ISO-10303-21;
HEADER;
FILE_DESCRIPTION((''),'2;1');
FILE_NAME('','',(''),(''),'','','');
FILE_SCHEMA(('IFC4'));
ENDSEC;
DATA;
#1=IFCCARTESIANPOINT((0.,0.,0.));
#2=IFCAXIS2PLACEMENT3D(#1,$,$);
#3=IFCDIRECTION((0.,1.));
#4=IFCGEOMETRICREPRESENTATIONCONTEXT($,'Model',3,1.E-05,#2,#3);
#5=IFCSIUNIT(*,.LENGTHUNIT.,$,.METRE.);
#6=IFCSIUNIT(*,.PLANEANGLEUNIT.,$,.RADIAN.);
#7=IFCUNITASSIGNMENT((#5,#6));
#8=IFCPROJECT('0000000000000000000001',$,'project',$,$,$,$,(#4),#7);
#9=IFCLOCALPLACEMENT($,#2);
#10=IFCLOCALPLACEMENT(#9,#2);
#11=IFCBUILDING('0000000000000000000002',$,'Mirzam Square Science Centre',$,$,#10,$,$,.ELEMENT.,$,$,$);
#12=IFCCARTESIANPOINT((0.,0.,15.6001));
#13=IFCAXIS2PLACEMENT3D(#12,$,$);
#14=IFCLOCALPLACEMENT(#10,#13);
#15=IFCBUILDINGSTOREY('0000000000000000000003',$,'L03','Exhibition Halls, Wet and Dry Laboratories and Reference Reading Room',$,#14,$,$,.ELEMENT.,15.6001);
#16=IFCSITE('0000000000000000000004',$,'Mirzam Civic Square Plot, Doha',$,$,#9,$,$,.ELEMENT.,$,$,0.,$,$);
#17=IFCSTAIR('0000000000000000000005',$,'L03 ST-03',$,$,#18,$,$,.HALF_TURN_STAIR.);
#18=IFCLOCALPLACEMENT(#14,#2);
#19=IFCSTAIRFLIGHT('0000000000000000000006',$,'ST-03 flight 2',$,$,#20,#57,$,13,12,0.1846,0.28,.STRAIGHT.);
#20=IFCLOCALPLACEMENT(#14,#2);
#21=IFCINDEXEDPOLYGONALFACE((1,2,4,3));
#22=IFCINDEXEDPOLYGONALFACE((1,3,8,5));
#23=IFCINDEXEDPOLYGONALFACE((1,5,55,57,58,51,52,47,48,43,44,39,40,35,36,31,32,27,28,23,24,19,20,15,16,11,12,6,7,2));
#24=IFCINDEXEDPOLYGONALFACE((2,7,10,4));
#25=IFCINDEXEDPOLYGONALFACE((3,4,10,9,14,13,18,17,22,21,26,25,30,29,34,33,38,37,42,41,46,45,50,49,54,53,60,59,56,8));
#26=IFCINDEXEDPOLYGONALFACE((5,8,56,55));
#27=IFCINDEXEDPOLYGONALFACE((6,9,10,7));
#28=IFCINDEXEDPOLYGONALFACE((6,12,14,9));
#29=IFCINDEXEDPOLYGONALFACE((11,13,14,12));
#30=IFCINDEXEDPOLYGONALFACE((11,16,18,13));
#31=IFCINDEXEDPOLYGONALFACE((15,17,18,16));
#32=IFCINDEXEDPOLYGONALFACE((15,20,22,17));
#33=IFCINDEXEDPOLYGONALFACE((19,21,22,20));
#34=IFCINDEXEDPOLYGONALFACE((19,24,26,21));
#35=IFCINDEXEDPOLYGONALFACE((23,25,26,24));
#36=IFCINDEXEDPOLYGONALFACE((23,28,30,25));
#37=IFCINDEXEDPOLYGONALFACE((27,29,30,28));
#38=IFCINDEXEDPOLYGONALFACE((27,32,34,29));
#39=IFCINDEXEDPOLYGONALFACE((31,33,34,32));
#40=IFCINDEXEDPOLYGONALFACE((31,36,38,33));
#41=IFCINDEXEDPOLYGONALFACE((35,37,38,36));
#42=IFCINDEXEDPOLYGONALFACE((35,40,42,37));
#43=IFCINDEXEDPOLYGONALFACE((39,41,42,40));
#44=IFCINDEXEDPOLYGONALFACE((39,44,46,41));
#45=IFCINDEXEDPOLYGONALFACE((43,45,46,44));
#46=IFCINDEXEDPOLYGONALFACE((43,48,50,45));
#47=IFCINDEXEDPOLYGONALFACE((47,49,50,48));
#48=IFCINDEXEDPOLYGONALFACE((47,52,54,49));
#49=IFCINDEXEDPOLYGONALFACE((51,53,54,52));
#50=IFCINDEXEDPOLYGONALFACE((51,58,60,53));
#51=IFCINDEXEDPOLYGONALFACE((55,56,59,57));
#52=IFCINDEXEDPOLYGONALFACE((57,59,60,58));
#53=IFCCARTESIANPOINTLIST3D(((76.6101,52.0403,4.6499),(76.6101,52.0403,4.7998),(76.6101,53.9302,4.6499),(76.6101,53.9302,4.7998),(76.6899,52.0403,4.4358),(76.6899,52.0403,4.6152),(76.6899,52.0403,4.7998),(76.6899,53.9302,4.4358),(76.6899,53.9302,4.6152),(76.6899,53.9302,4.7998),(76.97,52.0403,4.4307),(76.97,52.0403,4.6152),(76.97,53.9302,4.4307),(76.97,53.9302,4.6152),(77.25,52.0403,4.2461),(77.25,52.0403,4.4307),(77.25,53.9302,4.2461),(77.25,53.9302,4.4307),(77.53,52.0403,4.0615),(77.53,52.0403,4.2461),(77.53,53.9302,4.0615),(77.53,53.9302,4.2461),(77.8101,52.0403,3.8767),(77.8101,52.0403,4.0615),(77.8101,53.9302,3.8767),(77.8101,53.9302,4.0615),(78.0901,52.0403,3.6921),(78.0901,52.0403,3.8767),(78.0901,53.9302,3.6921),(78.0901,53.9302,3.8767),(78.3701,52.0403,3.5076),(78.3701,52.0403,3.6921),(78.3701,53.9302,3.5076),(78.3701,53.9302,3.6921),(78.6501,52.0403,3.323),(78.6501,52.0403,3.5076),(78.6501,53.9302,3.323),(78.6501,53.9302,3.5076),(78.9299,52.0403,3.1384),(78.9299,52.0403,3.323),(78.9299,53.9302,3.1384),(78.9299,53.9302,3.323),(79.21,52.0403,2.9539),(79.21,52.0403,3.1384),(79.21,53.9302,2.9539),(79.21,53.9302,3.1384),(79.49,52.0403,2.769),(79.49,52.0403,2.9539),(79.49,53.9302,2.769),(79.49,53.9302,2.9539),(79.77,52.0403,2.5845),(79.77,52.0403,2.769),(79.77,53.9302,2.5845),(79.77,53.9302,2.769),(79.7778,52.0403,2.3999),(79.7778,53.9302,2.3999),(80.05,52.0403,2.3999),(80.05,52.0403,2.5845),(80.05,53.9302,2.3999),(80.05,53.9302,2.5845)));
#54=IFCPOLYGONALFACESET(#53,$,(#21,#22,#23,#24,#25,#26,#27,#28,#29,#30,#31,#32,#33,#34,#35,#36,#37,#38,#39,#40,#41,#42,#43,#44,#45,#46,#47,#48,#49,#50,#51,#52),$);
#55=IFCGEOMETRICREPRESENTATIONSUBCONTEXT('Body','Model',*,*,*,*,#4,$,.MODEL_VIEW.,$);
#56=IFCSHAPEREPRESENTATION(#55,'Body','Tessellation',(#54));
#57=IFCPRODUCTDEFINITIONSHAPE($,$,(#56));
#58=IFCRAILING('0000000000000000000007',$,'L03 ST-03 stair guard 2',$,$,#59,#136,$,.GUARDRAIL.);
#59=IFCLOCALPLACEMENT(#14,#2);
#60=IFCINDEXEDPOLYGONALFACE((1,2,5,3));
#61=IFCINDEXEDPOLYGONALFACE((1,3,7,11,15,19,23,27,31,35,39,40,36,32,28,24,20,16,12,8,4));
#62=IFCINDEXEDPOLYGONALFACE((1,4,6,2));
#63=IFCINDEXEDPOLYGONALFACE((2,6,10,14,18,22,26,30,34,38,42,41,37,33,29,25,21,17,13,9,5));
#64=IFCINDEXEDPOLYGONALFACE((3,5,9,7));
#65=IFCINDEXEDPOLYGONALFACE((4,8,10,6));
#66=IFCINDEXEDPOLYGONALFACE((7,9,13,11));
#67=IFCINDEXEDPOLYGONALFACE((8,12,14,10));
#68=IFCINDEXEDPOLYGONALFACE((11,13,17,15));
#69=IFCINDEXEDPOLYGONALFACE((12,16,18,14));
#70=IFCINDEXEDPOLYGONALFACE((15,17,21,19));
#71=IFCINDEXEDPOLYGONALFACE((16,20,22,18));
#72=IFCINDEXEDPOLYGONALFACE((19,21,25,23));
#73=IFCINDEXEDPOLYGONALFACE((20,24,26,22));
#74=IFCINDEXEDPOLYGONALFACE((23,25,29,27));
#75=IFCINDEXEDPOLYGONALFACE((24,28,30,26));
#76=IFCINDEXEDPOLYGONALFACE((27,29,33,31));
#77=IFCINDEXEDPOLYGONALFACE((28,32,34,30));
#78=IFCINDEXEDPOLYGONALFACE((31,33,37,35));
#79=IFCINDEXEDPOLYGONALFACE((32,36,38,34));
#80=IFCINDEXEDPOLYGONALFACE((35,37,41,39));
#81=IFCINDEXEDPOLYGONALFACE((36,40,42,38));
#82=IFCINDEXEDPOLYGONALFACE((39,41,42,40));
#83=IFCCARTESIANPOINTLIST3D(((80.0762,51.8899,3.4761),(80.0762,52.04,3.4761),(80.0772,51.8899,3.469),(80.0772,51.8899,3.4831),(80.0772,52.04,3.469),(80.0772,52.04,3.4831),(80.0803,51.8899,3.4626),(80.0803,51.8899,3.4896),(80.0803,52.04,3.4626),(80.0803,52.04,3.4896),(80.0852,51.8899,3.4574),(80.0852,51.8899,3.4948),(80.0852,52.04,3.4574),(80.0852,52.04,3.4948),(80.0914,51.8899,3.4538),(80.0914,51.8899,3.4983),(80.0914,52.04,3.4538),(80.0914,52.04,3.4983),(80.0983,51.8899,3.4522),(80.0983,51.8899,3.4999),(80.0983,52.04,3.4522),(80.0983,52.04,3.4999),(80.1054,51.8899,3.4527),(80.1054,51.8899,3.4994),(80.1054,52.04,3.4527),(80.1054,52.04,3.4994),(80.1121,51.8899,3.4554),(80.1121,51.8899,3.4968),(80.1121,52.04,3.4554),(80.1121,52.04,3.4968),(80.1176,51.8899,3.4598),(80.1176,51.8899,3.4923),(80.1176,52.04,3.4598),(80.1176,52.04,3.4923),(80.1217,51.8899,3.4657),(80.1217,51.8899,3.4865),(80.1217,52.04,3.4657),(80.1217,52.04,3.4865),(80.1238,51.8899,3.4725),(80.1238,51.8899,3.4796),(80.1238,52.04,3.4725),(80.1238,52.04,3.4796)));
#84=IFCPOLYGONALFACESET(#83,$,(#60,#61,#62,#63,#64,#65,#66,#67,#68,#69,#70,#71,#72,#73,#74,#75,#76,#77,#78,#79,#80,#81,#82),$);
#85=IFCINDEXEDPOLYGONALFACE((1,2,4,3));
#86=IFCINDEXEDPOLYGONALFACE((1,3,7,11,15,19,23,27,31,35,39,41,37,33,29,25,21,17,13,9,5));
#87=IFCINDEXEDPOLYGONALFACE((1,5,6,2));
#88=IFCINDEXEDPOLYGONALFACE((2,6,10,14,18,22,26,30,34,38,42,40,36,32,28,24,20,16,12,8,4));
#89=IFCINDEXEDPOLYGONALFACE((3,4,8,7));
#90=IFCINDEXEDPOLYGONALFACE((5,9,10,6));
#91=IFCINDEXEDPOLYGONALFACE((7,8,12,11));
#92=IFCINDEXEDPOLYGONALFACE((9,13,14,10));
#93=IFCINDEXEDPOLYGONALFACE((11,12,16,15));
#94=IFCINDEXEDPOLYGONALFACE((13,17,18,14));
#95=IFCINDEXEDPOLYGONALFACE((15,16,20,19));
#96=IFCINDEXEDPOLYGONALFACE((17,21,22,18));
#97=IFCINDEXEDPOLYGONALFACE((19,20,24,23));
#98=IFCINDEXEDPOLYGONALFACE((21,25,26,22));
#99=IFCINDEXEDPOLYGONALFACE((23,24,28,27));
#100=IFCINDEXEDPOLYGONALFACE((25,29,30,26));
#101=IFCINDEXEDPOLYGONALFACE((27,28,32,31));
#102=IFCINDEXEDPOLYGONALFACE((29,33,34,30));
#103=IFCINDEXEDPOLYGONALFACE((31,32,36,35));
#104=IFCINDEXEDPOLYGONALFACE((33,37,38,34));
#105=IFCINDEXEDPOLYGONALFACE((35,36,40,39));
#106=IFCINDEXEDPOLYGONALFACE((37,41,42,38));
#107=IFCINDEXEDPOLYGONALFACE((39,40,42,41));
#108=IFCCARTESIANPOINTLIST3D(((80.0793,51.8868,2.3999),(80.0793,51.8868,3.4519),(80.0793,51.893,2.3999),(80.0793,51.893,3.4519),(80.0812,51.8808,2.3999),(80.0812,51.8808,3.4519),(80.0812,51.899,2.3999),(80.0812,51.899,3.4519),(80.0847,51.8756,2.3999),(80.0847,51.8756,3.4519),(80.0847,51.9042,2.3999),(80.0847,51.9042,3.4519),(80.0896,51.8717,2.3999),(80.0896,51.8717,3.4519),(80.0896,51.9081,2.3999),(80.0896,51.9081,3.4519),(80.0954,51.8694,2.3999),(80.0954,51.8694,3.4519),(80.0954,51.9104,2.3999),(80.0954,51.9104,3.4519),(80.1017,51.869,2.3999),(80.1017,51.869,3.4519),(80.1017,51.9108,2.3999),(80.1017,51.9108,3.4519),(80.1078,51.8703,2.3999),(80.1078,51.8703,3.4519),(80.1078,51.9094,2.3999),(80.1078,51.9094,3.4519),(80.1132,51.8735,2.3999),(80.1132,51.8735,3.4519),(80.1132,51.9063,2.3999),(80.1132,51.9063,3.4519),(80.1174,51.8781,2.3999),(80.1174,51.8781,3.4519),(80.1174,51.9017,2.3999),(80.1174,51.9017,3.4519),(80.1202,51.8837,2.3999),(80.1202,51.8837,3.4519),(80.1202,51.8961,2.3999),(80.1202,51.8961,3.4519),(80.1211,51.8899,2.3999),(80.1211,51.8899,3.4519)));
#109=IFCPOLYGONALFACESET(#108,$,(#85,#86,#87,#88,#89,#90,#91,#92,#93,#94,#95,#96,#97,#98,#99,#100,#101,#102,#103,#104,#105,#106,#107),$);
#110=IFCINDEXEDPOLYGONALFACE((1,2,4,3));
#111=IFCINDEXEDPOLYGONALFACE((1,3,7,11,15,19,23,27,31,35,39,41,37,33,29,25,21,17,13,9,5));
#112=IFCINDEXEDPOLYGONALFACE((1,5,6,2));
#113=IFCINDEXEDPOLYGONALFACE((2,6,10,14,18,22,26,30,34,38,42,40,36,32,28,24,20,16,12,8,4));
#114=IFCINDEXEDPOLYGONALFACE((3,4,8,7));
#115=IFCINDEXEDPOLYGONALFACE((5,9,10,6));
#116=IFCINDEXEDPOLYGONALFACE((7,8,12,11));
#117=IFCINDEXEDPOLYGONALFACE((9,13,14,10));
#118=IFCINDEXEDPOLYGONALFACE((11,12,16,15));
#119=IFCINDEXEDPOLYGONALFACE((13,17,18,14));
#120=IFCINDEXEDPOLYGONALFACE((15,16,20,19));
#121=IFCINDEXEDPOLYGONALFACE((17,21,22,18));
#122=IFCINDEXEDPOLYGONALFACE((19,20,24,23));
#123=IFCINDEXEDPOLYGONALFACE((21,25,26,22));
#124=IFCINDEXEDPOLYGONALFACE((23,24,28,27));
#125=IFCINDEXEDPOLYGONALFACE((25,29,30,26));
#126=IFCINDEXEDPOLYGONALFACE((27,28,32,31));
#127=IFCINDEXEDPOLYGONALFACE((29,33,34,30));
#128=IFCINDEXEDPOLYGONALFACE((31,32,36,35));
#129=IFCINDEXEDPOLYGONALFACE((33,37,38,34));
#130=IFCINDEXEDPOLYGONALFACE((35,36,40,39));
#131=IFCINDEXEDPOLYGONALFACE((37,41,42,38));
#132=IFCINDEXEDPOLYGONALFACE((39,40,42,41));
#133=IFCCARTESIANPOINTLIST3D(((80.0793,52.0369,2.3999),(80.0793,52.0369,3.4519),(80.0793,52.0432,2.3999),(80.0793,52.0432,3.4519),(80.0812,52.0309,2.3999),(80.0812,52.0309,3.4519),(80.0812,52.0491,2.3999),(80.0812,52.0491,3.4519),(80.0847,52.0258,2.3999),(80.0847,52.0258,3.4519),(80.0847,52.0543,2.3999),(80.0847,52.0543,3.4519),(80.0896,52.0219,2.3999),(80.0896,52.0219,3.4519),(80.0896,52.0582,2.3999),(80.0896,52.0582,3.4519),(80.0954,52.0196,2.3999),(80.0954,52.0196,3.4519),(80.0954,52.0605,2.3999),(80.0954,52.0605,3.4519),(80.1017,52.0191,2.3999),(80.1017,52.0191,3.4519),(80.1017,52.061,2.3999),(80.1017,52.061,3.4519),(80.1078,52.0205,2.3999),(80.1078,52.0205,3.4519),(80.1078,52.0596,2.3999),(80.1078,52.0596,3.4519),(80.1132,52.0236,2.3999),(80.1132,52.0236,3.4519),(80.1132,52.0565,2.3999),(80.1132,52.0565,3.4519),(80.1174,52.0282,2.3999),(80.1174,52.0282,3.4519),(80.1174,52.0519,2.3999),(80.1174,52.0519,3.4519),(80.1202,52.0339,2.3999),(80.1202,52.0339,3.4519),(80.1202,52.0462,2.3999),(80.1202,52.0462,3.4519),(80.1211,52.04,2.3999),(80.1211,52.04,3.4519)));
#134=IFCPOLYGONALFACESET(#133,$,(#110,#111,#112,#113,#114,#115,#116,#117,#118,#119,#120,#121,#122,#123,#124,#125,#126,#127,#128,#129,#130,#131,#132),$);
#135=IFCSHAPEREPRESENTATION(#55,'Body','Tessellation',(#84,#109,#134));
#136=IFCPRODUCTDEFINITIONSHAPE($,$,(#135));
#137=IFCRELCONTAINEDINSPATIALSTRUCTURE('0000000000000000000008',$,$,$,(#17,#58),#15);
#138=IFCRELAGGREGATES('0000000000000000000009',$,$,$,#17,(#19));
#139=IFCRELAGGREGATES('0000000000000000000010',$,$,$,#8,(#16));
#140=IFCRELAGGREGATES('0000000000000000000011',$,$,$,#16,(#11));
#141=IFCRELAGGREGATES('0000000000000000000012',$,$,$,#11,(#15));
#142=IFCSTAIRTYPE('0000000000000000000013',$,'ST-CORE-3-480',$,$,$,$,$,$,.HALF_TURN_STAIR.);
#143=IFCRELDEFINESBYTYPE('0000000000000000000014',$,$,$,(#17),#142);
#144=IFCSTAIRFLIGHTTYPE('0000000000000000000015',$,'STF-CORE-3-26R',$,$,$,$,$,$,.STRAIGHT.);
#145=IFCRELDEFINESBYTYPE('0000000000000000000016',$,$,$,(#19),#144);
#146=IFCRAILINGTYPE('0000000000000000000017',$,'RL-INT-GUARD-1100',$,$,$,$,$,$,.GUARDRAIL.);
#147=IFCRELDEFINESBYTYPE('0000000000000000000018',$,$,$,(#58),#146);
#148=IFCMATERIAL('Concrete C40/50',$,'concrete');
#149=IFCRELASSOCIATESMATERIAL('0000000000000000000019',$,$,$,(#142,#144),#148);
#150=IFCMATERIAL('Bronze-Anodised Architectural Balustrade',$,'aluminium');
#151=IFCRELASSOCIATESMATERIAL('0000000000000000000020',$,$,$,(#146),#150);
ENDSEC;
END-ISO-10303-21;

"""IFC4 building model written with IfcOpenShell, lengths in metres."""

from ifc_helpers import new_model, si_unit, direction, frame, origin, origin_2d, place, context, subcontext, project, spatial, polyline, circle, outline, extrude, material, type_object, element, aggregate, save


model = new_model("IFC4")

# Units and contexts
model_context = context("Model", 3, precision=1e-05, world=origin(), true_north=direction((0.0, 1.0)))
body_context = subcontext(model_context, "Body", "Model", "MODEL_VIEW")
ifc_project = project(units=[si_unit("LENGTHUNIT", "METRE"), si_unit("PLANEANGLEUNIT", "RADIAN")], contexts=[model_context])

# Site, building, storey
site_placement = place(None, origin())
site = spatial("IfcSite", under=ifc_project, at=site_placement, Name="Mirzam Civic Square Plot, Doha", CompositionType="ELEMENT", RefElevation=0.0)
building_placement = place(site_placement, origin())
building = spatial("IfcBuilding", under=site, at=building_placement, Name="Mirzam Square Science Centre", CompositionType="ELEMENT")
storey_placement = place(building_placement, frame((0.0, 0.0, 15.6001)))
storey = spatial("IfcBuildingStorey", under=building, at=storey_placement, Name="L03", Description="Exhibition Halls, Wet and Dry Laboratories and Reference Reading Room", CompositionType="ELEMENT", Elevation=15.6001)

# Stair, stair flight
ifc_material_1 = material(Name="Concrete C40/50", Category="concrete")
stair_type = type_object("IfcStairType", Name="ST-CORE-3-480", PredefinedType="HALF_TURN_STAIR", material=ifc_material_1)
stair_placement = place(storey_placement, origin())
stair = element("IfcStair", 1, at=stair_placement, inside=storey, type_object=stair_type, Name="L03 ST-03", PredefinedType="HALF_TURN_STAIR")
stair_flight_type = type_object("IfcStairFlightType", Name="STF-CORE-3-26R", PredefinedType="STRAIGHT", material=ifc_material_1)
stair_flight_placement = place(storey_placement, frame((80.05, 52.9851, 2.3999), z_axis=(0.0, 0.0, 1.0), x_axis=(-1.0, 0.0, 0.0)))
stair_flight = element("IfcStairFlight", 2, at=stair_flight_placement, type_object=stair_flight_type, Name="ST-03 flight 2", NumberOfRisers=13, NumberOfTreads=12, PredefinedType="STRAIGHT", RiserHeight=0.1846, TreadLength=0.28, context=body_context, shape_type="SweptSolid", body=[
    extrude(outline(polyline([(0.0, 0.0), (0.0, 0.1846), (0.28, 0.1846), (0.28, 0.3691), (0.5601, 0.3691), (0.5601, 0.554), (0.8401, 0.554), (0.8401, 0.7385), (1.1201, 0.7385), (1.1201, 0.9231), (1.3999, 0.9231), (1.3999, 1.1077), (1.6799, 1.1077), (1.6799, 1.2922), (1.96, 1.2922), (1.96, 1.4768), (2.24, 1.4768), (2.24, 1.6616), (2.52, 1.6616), (2.52, 1.8462), (2.8, 1.8462), (2.8, 2.0308), (3.0801, 2.0308), (3.0801, 2.2153), (3.3601, 2.2153), (3.3601, 2.3999), (3.4399, 2.3999), (3.4399, 2.25), (3.3601, 2.0359), (0.2722, 0.0), (0.0, 0.0)])), frame((0.0, 0.9448, 0.0), z_axis=(0.0, -1.0, 0.0), x_axis=(1.0, 0.0, 0.0)), (0.0, 0.0, 1.0), 1.8899),
])
aggregate(stair, [stair_flight])

# Railing
ifc_material_2 = material(Name="Bronze-Anodised Architectural Balustrade", Category="aluminium")
railing_type_1 = type_object("IfcRailingType", Name="RL-INT-GUARD-1100", PredefinedType="GUARDRAIL", material=ifc_material_2)
railing_1_placement = place(storey_placement, frame((80.1001, 51.8899, 2.3999)))
element("IfcRailing", 3, at=railing_1_placement, inside=storey, type_object=railing_type_1, Name="L03 ST-03 stair guard 2", PredefinedType="GUARDRAIL", context=body_context, shape_type="SweptSolid", body=[
    extrude(circle(Radius=0.0239, at=origin_2d()), frame((0.0, 0.0, 1.0762), z_axis=(0.0, 1.0, 0.0), x_axis=(-1.0, 0.0, 0.0)), (0.0, 0.0, 1.0), 0.1501),
    extrude(circle(Radius=0.021, at=origin_2d()), origin(), (0.0, 0.0, 1.0), 1.052),
    extrude(circle(Radius=0.021, at=origin_2d()), frame((0.0, 0.1501, 0.0)), (0.0, 0.0, 1.0), 1.052),
])

save(model, "model.ifc")
